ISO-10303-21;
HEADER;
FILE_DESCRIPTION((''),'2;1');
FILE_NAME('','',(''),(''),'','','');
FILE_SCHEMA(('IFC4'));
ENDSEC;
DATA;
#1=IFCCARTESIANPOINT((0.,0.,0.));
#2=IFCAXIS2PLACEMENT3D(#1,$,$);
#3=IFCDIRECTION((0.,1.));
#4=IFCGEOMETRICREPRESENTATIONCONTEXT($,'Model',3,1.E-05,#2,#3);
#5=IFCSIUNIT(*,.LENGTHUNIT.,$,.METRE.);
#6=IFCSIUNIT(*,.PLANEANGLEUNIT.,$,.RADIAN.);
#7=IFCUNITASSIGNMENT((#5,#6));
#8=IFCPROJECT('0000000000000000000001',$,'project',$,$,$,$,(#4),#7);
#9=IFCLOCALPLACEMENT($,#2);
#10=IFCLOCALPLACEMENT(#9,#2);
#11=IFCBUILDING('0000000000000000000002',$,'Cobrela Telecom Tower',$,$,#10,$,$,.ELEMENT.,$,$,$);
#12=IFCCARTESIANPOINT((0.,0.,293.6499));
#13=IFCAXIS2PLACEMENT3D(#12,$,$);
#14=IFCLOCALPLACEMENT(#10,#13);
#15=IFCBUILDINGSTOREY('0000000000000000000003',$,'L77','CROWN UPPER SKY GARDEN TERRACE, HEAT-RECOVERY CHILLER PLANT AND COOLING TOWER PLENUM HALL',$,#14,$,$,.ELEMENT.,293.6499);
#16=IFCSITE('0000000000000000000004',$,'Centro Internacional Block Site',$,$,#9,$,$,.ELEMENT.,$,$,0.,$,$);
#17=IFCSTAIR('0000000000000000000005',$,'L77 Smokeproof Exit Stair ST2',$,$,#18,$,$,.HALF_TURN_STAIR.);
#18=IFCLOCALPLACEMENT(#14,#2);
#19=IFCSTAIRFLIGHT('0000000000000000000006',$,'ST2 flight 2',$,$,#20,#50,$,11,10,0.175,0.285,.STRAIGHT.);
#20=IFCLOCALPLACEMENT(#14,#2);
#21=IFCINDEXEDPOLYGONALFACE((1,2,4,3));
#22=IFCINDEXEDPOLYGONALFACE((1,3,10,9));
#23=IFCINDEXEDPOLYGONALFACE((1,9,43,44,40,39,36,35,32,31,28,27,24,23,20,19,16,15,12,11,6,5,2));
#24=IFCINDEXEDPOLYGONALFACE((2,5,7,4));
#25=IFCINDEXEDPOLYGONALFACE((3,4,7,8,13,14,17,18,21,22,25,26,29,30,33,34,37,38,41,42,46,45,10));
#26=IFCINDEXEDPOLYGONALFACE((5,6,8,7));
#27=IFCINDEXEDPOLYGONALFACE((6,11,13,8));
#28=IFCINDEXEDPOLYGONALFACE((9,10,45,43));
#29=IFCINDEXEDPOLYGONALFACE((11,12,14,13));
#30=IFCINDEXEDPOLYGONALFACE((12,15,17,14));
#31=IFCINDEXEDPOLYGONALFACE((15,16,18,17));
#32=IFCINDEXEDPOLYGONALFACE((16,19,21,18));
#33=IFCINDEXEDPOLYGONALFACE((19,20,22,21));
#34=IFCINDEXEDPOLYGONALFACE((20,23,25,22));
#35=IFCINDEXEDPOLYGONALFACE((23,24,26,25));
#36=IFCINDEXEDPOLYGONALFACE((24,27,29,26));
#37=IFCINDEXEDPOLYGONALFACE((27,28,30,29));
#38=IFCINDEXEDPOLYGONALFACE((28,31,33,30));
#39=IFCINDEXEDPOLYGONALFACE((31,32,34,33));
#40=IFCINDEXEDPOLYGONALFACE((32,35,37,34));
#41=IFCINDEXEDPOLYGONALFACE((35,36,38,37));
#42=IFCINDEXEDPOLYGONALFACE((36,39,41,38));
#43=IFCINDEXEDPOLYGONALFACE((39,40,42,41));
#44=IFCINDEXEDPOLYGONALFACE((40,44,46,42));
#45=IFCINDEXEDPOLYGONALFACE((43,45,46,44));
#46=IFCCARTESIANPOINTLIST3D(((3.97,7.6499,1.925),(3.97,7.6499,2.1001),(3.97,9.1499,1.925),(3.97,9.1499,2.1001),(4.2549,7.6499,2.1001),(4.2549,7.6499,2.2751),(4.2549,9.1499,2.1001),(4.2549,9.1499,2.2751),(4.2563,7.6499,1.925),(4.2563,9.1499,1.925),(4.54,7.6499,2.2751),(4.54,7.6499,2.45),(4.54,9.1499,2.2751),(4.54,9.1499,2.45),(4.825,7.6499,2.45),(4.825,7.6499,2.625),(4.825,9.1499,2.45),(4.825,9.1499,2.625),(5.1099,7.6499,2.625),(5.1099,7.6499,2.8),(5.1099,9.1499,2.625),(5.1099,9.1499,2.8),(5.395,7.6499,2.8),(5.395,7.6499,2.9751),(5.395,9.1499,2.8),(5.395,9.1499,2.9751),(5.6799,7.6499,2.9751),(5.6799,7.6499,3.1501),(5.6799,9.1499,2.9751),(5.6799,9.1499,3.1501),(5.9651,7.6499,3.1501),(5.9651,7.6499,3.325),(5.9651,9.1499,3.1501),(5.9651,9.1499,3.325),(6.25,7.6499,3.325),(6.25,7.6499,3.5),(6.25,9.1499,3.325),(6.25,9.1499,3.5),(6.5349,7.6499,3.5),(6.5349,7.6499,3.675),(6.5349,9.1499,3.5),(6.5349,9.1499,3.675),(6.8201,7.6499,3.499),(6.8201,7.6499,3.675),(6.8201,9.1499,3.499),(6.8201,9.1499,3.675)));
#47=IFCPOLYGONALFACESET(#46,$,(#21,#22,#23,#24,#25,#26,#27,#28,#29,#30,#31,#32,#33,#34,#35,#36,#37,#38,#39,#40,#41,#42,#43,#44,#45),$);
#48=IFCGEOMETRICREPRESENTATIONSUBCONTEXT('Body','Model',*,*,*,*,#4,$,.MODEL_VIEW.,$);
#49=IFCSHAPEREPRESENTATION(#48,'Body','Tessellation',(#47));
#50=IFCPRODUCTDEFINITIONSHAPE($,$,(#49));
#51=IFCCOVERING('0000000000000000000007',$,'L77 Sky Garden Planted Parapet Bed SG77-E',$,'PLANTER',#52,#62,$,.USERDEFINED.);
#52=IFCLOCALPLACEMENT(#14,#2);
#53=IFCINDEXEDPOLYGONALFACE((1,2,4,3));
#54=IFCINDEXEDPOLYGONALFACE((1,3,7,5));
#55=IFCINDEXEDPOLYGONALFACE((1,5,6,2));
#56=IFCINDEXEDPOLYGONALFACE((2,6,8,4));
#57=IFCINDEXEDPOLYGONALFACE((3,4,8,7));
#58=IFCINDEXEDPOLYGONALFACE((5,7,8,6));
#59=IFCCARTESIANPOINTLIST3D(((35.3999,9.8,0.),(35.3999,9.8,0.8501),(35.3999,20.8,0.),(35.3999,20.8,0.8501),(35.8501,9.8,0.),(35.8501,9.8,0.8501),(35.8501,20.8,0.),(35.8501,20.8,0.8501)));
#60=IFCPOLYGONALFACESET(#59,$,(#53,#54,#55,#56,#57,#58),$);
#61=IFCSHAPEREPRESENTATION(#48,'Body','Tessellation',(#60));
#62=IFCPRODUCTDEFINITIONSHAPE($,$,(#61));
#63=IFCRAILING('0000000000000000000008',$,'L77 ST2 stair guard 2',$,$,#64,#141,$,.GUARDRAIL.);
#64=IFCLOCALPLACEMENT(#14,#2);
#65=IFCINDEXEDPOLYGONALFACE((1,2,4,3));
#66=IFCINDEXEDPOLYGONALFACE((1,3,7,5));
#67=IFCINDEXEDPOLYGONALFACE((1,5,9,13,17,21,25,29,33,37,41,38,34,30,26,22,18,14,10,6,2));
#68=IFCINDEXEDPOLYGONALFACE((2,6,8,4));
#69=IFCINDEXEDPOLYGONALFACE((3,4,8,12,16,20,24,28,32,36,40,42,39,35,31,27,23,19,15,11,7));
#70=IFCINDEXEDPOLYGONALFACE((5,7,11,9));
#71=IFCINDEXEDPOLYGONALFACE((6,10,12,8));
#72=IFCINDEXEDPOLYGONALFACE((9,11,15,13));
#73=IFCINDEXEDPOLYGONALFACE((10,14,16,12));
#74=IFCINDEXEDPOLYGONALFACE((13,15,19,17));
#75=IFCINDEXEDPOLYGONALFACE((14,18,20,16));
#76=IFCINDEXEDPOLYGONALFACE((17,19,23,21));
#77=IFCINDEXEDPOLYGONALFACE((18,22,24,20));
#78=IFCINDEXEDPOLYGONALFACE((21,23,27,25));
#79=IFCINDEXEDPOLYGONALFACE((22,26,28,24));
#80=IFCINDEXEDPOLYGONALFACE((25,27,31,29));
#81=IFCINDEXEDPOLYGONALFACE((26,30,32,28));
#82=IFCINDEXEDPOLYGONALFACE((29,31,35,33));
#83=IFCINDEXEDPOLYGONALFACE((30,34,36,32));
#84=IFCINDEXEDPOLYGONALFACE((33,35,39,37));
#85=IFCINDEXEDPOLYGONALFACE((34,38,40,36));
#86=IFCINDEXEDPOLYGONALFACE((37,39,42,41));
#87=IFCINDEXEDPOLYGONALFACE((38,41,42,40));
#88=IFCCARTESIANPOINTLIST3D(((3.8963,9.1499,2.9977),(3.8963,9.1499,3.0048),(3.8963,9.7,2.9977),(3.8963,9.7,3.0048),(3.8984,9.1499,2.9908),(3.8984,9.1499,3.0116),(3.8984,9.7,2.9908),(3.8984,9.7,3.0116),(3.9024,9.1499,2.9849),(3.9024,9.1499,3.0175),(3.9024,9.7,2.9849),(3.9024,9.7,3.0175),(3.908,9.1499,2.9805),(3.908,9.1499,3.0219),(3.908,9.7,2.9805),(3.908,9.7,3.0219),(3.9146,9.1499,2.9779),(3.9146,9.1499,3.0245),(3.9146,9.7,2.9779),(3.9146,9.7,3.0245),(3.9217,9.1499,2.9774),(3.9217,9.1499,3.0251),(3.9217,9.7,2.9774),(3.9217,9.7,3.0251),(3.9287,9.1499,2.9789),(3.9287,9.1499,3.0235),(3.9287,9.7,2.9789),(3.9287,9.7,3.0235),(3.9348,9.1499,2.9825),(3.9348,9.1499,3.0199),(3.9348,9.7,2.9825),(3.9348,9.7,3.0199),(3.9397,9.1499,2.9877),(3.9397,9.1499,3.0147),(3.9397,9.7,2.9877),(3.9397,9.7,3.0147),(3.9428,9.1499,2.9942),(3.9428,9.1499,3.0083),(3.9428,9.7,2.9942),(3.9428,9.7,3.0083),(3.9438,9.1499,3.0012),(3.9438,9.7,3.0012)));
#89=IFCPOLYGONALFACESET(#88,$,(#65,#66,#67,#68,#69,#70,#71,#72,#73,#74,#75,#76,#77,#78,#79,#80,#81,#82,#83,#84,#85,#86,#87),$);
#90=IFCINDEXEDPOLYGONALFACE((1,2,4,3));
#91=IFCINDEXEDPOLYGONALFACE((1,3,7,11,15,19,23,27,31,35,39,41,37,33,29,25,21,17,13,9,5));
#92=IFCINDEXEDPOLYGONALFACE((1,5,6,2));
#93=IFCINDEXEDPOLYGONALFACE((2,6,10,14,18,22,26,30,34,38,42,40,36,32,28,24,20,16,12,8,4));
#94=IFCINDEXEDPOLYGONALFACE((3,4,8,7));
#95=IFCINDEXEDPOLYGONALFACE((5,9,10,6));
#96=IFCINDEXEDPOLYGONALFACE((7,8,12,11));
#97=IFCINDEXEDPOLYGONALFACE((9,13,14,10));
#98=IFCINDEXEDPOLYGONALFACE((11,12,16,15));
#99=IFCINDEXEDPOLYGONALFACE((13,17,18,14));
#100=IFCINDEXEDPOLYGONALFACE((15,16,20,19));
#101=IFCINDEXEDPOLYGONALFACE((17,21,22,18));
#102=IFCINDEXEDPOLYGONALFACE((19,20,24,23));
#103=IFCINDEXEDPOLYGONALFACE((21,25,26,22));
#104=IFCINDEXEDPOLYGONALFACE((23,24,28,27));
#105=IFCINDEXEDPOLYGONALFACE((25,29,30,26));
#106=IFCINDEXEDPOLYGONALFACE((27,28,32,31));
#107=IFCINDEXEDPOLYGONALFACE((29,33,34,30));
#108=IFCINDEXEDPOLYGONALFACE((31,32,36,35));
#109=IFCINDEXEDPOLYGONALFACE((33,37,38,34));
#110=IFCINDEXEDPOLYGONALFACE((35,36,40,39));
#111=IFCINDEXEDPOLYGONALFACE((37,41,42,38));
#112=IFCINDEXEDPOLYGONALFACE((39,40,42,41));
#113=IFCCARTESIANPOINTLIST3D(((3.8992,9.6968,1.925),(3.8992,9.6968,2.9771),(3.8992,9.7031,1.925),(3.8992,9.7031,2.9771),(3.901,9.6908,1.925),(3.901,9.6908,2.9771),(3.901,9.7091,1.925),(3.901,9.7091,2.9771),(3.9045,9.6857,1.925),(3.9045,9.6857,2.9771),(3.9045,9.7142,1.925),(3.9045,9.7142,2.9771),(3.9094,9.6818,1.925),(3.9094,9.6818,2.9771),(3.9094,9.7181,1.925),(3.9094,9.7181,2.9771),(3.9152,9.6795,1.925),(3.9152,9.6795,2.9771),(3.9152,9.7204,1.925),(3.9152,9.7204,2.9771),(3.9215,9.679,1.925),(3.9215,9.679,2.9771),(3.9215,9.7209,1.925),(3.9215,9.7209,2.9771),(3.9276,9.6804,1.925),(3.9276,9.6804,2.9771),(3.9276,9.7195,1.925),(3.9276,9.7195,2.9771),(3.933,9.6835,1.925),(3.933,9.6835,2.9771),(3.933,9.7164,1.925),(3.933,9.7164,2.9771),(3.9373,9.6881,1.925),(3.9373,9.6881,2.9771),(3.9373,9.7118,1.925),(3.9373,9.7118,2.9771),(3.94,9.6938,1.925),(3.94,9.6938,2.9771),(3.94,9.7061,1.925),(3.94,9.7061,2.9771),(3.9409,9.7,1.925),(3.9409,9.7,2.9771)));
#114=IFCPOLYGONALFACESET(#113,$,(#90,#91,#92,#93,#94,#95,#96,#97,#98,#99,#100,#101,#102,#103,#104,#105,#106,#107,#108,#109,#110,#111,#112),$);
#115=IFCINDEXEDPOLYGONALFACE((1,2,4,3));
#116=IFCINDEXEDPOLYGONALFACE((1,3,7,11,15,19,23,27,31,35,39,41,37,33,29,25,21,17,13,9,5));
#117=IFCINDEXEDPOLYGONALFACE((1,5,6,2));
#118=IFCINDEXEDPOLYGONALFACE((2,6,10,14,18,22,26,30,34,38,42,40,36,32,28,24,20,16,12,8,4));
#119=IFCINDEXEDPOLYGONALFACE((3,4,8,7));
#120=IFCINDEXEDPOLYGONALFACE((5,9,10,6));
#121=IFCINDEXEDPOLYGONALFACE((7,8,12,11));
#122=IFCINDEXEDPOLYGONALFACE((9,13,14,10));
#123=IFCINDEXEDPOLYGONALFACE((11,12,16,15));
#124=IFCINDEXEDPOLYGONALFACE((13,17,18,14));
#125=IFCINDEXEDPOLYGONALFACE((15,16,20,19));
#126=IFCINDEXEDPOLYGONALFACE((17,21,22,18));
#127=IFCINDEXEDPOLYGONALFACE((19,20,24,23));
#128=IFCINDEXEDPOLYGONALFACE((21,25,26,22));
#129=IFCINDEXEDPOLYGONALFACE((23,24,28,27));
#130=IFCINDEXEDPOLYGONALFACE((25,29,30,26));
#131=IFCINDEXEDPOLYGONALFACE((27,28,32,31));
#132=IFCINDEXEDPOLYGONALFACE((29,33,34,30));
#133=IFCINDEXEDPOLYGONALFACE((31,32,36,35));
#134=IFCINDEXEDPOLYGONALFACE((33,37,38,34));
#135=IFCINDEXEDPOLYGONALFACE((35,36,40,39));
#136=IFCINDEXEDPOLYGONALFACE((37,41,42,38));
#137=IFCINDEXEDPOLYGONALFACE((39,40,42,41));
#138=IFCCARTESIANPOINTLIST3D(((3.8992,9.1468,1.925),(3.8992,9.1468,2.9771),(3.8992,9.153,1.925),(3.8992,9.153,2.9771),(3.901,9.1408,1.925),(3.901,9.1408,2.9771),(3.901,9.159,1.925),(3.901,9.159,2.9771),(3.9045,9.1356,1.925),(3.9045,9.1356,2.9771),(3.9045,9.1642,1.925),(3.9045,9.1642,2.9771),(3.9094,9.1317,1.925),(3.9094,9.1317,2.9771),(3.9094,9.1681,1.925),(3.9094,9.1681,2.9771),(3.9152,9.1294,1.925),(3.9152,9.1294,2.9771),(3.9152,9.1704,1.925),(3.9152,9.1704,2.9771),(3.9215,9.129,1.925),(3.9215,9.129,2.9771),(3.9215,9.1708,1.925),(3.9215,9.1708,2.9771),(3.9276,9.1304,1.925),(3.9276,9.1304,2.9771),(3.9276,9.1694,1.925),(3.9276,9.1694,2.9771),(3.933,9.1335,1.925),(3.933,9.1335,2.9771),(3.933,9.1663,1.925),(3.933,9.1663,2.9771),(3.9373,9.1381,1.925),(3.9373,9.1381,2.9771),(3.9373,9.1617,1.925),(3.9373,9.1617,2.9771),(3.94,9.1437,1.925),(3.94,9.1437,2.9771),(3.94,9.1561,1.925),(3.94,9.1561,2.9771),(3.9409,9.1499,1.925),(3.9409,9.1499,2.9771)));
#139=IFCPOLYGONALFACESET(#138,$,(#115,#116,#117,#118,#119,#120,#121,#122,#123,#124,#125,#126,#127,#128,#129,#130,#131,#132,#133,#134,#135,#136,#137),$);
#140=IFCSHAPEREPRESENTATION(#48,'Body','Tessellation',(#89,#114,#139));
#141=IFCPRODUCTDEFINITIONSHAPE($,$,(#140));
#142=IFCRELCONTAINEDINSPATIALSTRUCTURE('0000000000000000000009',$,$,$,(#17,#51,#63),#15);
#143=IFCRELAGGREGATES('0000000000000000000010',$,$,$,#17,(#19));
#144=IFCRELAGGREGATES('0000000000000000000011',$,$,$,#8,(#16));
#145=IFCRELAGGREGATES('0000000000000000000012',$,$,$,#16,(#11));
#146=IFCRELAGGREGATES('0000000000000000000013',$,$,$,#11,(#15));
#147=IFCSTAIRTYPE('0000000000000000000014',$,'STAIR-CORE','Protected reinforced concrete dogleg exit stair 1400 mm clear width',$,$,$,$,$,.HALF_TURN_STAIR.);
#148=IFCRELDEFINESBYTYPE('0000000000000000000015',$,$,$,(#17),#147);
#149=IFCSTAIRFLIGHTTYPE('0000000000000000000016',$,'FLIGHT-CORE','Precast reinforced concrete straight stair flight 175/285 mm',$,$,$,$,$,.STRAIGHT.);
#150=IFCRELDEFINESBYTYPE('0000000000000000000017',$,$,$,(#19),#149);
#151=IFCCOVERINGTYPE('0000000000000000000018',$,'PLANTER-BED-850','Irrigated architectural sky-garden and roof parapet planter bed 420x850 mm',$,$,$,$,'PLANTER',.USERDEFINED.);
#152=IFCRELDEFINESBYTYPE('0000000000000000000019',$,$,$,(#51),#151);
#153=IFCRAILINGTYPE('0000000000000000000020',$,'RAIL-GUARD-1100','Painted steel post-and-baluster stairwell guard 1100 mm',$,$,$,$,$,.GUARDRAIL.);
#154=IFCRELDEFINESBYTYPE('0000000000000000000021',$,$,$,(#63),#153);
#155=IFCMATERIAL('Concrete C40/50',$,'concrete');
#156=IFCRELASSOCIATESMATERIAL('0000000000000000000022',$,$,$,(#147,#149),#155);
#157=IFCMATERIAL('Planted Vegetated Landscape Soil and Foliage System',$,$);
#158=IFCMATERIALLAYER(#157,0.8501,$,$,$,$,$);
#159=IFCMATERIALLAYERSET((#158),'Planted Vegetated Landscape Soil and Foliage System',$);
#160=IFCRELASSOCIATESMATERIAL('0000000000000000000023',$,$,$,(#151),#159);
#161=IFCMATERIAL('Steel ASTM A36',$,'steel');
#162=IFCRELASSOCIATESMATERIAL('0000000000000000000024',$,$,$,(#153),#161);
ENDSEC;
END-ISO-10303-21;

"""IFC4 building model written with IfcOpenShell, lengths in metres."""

from ifc_helpers import new_model, si_unit, direction, frame, origin, origin_2d, place, context, subcontext, project, spatial, polyline, circle, outline, extrude, material, layer, layer_set, type_object, element, aggregate, save


model = new_model("IFC4")

# Units and contexts
model_context = context("Model", 3, precision=1e-05, world=origin(), true_north=direction((0.0, 1.0)))
body_context = subcontext(model_context, "Body", "Model", "MODEL_VIEW")
ifc_project = project(units=[si_unit("LENGTHUNIT", "METRE"), si_unit("PLANEANGLEUNIT", "RADIAN")], contexts=[model_context])

# Site, building, storey
site_placement = place(None, origin())
site = spatial("IfcSite", under=ifc_project, at=site_placement, Name="Centro Internacional Block Site", CompositionType="ELEMENT", RefElevation=0.0)
building_placement = place(site_placement, origin())
building = spatial("IfcBuilding", under=site, at=building_placement, Name="Cobrela Telecom Tower", CompositionType="ELEMENT")
storey_placement = place(building_placement, frame((0.0, 0.0, 293.6499)))
storey = spatial("IfcBuildingStorey", under=building, at=storey_placement, Name="L77", Description="CROWN UPPER SKY GARDEN TERRACE, HEAT-RECOVERY CHILLER PLANT AND COOLING TOWER PLENUM HALL", CompositionType="ELEMENT", Elevation=293.6499)

# Shared definitions
ifc_material_1 = material(Name="Concrete C40/50", Category="concrete")

# Stair
stair_type = type_object("IfcStairType", Name="STAIR-CORE", Description="Protected reinforced concrete dogleg exit stair 1400 mm clear width", PredefinedType="HALF_TURN_STAIR", material=ifc_material_1)
stair_1_placement = place(storey_placement, origin())
stair_1 = element("IfcStair", 1, at=stair_1_placement, inside=storey, type_object=stair_type, Name="L77 Smokeproof Exit Stair ST2", PredefinedType="HALF_TURN_STAIR")

# Shared definitions
ifc_material_2 = material(Name="Steel ASTM A36", Category="steel")

# Stair flight
stair_flight_type = type_object("IfcStairFlightType", Name="FLIGHT-CORE", Description="Precast reinforced concrete straight stair flight 175/285 mm", PredefinedType="STRAIGHT", material=ifc_material_1)
stair_flight_placement = place(storey_placement, frame((3.97, 8.3999, 1.925), z_axis=(0.0, 0.0, 1.0), x_axis=(1.0, 0.0, 0.0)))
stair_flight = element("IfcStairFlight", 2, at=stair_flight_placement, type_object=stair_flight_type, Name="ST2 flight 2", NumberOfRisers=11, NumberOfTreads=10, PredefinedType="STRAIGHT", RiserHeight=0.175, TreadLength=0.285, context=body_context, shape_type="SweptSolid", body=[
    extrude(outline(polyline([(0.0, 0.0), (0.0, 0.175), (0.2849, 0.175), (0.2849, 0.3501), (0.5701, 0.3501), (0.5701, 0.5249), (0.855, 0.5249), (0.855, 0.7), (1.1399, 0.7), (1.1399, 0.875), (1.425, 0.875), (1.425, 1.05), (1.71, 1.05), (1.71, 1.2251), (1.9951, 1.2251), (1.9951, 1.3999), (2.28, 1.3999), (2.28, 1.575), (2.5649, 1.575), (2.5649, 1.75), (2.8501, 1.75), (2.8501, 1.925), (2.8501, 1.574), (0.2864, 0.0), (0.0, 0.0)])), frame((0.0, 0.75, 0.0), z_axis=(0.0, -1.0, 0.0), x_axis=(1.0, 0.0, 0.0)), (0.0, 0.0, 1.0), 1.5),
])
aggregate(stair_1, [stair_flight])

# Covering
ifc_material_3 = material(Name="Planted Vegetated Landscape Soil and Foliage System")
ifc_layer_1 = layer(ifc_material_3, 0.8501)
ifc_layer_set_1 = layer_set([ifc_layer_1], Name="Planted Vegetated Landscape Soil and Foliage System")
covering_type = type_object("IfcCoveringType", Name="PLANTER-BED-850", Description="Irrigated architectural sky-garden and roof parapet planter bed 420x850 mm", ElementType="PLANTER", PredefinedType="USERDEFINED", material=ifc_layer_set_1)
covering_placement = place(storey_placement, origin())
element("IfcCovering", 3, at=covering_placement, inside=storey, type_object=covering_type, Name="L77 Sky Garden Planted Parapet Bed SG77-E", ObjectType="PLANTER", PredefinedType="USERDEFINED", context=body_context, shape_type="SweptSolid", body=[
    extrude(outline(polyline([(35.3999, 9.8), (35.8501, 9.8), (35.8501, 20.8), (35.3999, 20.8), (35.3999, 9.8)])), origin(), (0.0, 0.0, 1.0), 0.8501),
])

# Railing
railing_type_1 = type_object("IfcRailingType", Name="RAIL-GUARD-1100", Description="Painted steel post-and-baluster stairwell guard 1100 mm", PredefinedType="GUARDRAIL", material=ifc_material_2)
railing_1_placement = place(storey_placement, frame((3.9199, 9.7, 1.925)))
element("IfcRailing", 4, at=railing_1_placement, inside=storey, type_object=railing_type_1, Name="L77 ST2 stair guard 2", PredefinedType="GUARDRAIL", context=body_context, shape_type="SweptSolid", body=[
    extrude(circle(Radius=0.0239, at=origin_2d()), frame((0.0, 0.0, 1.0762), z_axis=(0.0, -1.0, 0.0), x_axis=(1.0, 0.0, 0.0)), (0.0, 0.0, 1.0), 0.55),
    extrude(circle(Radius=0.021, at=origin_2d()), origin(), (0.0, 0.0, 1.0), 1.052),
    extrude(circle(Radius=0.021, at=origin_2d()), frame((0.0, -0.55, 0.0)), (0.0, 0.0, 1.0), 1.052),
])

save(model, "model.ifc")
